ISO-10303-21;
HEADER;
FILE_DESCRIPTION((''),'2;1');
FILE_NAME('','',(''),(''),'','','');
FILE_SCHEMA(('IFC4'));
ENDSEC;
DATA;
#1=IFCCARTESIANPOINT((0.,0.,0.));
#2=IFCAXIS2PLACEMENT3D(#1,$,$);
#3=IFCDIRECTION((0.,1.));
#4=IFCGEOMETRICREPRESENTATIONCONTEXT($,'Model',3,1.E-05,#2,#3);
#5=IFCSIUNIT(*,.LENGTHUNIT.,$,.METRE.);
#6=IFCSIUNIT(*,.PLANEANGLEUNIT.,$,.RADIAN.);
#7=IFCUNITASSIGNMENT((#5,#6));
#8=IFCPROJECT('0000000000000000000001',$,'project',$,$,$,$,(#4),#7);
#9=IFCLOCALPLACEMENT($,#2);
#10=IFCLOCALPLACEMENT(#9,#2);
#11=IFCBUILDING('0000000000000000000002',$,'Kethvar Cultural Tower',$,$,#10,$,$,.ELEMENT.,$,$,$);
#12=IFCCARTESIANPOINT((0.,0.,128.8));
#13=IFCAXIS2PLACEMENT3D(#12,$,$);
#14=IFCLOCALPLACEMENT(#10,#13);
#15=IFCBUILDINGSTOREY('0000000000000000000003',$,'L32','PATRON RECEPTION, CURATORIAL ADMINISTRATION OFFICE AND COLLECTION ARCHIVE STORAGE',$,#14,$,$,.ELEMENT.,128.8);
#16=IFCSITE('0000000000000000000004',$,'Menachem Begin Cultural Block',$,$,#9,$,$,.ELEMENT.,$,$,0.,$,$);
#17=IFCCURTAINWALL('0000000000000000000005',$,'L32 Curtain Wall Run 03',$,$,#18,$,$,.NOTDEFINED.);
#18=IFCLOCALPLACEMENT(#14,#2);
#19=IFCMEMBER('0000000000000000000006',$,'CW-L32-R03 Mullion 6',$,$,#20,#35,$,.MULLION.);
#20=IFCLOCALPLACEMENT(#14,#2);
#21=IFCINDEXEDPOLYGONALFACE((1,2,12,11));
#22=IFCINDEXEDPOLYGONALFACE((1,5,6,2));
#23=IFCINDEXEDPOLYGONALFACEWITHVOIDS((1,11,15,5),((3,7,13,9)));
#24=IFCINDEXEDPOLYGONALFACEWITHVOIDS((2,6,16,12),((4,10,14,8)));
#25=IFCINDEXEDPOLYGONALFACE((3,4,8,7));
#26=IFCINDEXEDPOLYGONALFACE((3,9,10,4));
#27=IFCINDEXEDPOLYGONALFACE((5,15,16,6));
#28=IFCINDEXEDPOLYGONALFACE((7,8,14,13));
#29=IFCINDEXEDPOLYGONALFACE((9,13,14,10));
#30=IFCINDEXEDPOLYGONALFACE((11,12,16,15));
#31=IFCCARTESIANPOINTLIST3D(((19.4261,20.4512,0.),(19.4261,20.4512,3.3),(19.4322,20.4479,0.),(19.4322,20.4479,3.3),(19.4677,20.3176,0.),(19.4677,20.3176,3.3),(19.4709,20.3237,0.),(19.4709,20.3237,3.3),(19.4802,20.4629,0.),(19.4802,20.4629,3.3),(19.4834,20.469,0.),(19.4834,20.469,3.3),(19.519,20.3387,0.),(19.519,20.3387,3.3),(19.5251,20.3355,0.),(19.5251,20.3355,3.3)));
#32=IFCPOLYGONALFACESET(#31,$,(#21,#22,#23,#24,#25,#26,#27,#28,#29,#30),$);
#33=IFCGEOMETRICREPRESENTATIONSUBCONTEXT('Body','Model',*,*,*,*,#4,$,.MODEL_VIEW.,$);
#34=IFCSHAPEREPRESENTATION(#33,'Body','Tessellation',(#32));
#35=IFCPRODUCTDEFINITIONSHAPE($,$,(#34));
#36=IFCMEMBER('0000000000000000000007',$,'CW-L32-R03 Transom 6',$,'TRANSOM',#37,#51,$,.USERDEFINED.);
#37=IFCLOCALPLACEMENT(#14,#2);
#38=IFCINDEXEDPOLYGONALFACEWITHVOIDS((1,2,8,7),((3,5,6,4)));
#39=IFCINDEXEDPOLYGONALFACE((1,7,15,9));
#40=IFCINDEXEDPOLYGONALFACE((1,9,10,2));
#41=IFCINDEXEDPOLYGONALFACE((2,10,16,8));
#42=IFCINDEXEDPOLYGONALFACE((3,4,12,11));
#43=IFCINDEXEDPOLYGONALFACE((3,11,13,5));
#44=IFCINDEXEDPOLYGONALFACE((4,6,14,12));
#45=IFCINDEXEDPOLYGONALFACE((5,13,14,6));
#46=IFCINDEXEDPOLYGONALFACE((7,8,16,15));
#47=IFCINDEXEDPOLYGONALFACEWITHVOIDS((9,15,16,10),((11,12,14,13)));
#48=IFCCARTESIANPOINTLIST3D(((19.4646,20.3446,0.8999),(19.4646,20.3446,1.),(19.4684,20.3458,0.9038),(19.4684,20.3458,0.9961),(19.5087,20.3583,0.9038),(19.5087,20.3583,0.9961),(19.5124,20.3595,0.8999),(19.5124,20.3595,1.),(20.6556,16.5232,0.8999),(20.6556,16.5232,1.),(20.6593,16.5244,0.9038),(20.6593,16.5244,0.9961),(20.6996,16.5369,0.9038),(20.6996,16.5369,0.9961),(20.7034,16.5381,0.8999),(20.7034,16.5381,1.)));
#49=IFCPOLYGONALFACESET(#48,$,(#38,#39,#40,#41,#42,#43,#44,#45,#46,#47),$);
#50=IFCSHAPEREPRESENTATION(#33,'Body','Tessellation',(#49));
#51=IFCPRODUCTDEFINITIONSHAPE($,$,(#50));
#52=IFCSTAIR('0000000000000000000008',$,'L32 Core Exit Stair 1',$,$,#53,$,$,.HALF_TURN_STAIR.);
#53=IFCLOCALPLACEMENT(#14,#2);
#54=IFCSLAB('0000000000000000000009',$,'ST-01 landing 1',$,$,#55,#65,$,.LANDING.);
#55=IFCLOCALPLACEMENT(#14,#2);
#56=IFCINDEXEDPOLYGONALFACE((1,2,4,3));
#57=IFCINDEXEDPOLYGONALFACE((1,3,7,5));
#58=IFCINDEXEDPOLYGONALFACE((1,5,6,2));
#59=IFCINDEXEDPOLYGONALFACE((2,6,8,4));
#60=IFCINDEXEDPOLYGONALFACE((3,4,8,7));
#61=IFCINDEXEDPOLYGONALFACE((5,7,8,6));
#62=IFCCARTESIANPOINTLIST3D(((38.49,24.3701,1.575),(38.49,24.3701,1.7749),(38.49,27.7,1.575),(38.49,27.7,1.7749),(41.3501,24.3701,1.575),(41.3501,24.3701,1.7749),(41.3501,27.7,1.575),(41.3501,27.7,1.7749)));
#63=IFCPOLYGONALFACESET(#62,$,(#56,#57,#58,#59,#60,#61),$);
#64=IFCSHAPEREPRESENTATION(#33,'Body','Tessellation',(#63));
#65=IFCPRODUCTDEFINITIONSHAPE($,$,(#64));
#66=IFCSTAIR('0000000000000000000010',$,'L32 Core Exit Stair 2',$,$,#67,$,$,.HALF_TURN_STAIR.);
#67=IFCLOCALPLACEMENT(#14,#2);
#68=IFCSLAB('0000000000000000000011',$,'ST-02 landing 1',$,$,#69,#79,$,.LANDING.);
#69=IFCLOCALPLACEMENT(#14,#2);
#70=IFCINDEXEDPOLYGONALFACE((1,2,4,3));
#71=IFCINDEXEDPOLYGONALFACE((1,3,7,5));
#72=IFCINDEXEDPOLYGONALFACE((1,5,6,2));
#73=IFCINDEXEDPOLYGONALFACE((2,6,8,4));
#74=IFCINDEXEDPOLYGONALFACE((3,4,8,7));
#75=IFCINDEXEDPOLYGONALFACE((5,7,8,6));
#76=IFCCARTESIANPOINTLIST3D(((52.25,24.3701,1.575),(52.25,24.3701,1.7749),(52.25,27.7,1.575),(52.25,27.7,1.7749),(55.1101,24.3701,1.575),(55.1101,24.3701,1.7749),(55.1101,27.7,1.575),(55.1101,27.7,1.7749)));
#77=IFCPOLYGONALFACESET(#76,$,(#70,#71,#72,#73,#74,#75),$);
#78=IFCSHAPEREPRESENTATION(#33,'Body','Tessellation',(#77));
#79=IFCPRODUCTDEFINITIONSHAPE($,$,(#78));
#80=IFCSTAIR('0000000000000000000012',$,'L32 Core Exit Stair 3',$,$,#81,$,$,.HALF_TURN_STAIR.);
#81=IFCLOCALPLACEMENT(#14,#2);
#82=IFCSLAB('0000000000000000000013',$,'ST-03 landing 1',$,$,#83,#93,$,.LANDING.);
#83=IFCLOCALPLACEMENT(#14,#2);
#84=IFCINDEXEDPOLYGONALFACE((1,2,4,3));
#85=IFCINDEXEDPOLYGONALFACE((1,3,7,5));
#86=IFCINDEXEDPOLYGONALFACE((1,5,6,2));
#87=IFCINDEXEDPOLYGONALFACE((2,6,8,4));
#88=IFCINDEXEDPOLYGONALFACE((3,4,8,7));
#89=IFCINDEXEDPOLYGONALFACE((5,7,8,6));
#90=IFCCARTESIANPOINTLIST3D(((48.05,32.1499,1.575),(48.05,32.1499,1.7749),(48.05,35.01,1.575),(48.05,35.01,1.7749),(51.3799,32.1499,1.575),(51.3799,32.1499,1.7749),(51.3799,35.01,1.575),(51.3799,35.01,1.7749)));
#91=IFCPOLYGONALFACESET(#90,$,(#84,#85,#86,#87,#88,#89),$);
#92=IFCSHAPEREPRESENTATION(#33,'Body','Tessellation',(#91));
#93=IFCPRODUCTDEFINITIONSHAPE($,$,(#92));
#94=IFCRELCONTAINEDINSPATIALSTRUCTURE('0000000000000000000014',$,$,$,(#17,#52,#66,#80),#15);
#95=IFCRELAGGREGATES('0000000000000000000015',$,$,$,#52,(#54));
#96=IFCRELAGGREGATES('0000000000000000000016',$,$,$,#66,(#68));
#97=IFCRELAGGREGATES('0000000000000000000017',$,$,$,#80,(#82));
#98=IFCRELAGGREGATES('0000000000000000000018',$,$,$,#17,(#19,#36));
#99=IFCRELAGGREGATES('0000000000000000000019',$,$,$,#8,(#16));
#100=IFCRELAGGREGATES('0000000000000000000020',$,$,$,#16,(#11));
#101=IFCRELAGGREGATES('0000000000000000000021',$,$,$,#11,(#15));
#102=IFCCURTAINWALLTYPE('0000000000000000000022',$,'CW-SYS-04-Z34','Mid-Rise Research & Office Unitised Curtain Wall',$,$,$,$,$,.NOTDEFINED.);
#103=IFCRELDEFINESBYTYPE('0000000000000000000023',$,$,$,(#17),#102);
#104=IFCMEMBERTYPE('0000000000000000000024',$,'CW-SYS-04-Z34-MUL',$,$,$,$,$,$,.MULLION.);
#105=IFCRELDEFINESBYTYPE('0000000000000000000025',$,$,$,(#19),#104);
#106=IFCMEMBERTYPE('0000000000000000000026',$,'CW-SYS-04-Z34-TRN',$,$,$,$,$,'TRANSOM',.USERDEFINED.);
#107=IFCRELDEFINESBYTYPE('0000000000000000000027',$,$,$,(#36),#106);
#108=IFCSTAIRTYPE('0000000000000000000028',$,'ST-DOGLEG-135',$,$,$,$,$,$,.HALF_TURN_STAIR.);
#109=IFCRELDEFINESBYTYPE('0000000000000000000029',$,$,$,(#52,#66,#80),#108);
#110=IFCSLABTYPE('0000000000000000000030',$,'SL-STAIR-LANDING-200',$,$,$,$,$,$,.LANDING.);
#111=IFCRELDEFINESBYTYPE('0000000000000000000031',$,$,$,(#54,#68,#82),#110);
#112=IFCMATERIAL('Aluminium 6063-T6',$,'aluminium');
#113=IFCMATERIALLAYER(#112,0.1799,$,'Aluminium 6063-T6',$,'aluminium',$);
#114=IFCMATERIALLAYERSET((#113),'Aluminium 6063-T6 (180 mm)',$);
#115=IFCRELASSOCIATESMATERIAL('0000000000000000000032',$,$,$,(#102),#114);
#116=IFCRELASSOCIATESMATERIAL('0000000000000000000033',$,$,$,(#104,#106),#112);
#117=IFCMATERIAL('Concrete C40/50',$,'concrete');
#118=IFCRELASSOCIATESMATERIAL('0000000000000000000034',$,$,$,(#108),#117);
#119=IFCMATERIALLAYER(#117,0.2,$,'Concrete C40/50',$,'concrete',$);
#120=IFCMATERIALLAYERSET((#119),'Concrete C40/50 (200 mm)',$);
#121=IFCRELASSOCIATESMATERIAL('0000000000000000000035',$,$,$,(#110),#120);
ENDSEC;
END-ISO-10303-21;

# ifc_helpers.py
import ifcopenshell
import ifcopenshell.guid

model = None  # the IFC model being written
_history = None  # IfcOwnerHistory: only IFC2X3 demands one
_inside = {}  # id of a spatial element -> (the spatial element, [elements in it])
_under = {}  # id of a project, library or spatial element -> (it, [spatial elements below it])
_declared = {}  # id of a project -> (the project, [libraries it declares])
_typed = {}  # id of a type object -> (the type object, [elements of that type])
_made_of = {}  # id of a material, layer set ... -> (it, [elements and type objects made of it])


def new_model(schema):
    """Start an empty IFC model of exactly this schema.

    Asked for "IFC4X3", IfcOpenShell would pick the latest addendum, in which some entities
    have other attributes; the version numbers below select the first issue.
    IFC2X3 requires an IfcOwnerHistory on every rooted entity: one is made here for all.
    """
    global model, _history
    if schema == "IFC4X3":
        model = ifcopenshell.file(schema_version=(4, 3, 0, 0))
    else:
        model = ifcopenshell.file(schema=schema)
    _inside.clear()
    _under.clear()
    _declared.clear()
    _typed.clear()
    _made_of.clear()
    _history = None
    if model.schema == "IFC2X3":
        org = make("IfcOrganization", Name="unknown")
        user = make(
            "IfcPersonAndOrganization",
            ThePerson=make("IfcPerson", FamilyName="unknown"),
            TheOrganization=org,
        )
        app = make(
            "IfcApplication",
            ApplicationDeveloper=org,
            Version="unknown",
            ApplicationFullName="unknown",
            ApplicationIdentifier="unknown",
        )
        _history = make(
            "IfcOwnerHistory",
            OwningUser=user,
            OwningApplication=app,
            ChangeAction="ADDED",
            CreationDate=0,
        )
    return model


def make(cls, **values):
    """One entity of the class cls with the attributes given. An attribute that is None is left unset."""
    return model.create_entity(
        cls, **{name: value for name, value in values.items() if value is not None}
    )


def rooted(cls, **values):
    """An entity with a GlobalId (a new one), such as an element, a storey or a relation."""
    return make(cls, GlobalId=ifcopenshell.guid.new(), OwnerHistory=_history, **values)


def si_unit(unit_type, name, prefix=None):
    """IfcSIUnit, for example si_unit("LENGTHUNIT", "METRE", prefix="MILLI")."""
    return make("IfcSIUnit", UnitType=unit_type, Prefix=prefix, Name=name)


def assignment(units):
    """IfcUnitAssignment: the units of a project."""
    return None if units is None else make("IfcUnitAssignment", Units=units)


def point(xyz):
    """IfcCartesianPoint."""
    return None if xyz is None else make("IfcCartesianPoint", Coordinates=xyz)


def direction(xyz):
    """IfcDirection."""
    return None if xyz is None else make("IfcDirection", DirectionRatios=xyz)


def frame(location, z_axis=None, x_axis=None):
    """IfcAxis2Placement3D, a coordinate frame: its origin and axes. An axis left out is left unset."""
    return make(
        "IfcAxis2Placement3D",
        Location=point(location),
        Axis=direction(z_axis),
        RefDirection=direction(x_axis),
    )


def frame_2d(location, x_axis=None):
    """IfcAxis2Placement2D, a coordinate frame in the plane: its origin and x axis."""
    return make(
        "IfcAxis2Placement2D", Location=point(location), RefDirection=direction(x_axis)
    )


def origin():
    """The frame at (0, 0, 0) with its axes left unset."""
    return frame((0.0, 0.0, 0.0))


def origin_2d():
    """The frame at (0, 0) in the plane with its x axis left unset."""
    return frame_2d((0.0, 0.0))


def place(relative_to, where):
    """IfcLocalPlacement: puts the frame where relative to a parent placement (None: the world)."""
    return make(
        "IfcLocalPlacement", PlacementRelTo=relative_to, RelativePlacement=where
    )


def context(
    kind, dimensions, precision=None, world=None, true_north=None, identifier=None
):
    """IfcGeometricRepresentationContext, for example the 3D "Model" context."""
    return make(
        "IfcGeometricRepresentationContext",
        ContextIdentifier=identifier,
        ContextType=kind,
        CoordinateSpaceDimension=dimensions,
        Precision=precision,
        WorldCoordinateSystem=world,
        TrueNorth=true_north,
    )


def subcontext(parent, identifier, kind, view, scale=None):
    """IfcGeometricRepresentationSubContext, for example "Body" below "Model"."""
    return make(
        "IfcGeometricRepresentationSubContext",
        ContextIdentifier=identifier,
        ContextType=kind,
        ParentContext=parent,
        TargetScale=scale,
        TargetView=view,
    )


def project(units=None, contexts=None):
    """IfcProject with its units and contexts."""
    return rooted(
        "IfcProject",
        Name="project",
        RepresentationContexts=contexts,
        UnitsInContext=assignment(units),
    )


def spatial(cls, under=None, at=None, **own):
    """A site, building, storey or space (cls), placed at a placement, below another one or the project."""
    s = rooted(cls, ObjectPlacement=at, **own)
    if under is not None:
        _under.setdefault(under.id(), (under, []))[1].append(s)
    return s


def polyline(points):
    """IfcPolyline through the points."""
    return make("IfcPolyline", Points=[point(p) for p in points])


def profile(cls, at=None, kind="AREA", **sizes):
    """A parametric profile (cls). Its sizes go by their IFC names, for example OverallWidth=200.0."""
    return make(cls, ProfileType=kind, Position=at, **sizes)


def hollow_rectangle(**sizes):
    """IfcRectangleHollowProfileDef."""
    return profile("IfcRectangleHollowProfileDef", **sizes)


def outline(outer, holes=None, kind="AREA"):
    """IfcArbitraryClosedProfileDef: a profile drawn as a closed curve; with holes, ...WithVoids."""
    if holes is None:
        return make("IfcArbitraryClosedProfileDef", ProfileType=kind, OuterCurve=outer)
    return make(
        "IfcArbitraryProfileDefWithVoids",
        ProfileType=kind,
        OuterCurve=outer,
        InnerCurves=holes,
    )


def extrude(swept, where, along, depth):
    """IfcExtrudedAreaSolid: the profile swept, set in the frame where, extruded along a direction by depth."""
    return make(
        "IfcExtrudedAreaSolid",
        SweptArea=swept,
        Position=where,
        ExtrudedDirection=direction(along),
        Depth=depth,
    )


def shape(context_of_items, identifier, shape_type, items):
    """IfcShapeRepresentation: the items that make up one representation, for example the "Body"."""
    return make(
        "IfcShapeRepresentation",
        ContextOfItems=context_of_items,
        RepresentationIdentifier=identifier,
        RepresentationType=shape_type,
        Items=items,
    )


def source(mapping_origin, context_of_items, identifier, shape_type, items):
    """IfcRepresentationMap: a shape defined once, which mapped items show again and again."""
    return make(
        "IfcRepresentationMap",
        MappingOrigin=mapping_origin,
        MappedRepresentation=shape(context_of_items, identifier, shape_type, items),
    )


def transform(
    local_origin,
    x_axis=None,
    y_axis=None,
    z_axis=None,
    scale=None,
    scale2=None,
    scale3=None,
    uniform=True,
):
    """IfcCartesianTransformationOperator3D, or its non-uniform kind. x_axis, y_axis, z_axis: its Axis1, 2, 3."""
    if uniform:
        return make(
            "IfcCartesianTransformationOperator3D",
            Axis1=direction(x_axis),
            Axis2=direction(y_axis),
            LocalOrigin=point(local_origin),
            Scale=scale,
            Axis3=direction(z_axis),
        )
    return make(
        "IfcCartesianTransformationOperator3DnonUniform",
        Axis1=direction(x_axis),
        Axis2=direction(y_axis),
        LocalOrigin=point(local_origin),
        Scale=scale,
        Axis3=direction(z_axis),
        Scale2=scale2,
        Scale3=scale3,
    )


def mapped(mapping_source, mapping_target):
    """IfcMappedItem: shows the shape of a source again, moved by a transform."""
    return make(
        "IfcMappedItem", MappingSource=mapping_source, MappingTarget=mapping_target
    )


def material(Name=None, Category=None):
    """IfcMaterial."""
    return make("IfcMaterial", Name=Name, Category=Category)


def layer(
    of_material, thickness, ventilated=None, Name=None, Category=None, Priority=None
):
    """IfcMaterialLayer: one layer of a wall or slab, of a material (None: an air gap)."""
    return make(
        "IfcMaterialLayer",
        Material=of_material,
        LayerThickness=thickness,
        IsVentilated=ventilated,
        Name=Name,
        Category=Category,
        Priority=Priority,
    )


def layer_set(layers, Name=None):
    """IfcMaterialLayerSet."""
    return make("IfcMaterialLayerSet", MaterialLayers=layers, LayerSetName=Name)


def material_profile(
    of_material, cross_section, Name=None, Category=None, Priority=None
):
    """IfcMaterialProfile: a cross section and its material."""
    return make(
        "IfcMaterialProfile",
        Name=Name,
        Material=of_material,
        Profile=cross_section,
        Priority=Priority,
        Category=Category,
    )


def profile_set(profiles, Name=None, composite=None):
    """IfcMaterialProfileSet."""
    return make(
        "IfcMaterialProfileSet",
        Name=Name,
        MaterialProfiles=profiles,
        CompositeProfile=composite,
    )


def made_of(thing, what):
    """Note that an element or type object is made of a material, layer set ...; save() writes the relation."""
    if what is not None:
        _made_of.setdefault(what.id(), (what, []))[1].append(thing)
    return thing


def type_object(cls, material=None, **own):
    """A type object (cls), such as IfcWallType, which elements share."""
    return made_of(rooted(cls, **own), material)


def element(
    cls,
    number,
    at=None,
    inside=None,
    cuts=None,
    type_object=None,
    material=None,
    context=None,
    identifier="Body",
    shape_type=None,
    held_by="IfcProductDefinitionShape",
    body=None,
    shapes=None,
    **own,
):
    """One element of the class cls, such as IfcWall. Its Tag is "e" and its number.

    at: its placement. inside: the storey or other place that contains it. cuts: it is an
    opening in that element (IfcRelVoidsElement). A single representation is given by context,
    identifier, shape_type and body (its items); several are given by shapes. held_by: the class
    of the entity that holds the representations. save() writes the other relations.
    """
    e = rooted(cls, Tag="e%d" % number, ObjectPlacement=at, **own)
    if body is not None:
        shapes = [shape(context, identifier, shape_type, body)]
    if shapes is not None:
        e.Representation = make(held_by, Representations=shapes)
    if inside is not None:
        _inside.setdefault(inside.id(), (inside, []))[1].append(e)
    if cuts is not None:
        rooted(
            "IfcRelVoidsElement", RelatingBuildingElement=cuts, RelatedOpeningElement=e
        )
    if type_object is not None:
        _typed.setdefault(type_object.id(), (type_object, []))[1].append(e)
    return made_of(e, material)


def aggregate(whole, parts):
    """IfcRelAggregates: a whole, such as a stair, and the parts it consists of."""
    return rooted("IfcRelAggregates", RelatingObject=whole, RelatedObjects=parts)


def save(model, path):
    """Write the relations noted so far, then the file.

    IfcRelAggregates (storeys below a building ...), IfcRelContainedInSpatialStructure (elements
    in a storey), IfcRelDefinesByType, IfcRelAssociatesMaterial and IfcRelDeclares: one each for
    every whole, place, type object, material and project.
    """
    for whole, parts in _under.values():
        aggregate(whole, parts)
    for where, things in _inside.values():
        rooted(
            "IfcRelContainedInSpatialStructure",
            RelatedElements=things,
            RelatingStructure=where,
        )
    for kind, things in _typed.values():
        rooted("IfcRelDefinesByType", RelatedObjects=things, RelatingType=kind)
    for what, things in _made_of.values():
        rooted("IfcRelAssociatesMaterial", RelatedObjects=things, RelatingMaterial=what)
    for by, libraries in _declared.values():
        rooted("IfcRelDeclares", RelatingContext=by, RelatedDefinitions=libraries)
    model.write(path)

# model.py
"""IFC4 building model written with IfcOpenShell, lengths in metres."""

from ifc_helpers import new_model, si_unit, direction, frame, origin, origin_2d, place, context, subcontext, project, spatial, polyline, hollow_rectangle, outline, extrude, source, transform, mapped, material, layer, layer_set, material_profile, profile_set, type_object, element, aggregate, save


model = new_model("IFC4")

# Units and contexts
model_context = context("Model", 3, precision=1e-05, world=origin(), true_north=direction((0.0, 1.0)))
body_context = subcontext(model_context, "Body", "Model", "MODEL_VIEW")
ifc_project = project(units=[si_unit("LENGTHUNIT", "METRE"), si_unit("PLANEANGLEUNIT", "RADIAN")], contexts=[model_context])

# Site, building, storey
site_placement = place(None, origin())
site = spatial("IfcSite", under=ifc_project, at=site_placement, Name="Menachem Begin Cultural Block", CompositionType="ELEMENT", RefElevation=0.0)
building_placement = place(site_placement, origin())
building = spatial("IfcBuilding", under=site, at=building_placement, Name="Kethvar Cultural Tower", CompositionType="ELEMENT")
storey_placement = place(building_placement, frame((0.0, 0.0, 128.8)))
storey = spatial("IfcBuildingStorey", under=building, at=storey_placement, Name="L32", Description="PATRON RECEPTION, CURATORIAL ADMINISTRATION OFFICE AND COLLECTION ARCHIVE STORAGE", CompositionType="ELEMENT", Elevation=128.8)

# Curtain wall, members
ifc_material_1 = material(Name="Aluminium 6063-T6", Category="aluminium")
ifc_layer_1 = layer(ifc_material_1, 0.1799, Name="Aluminium 6063-T6", Category="aluminium")
ifc_layer_set_1 = layer_set([ifc_layer_1], Name="Aluminium 6063-T6 (180 mm)")
curtain_wall_type = type_object("IfcCurtainWallType", Name="CW-SYS-04-Z34", Description="Mid-Rise Research & Office Unitised Curtain Wall", PredefinedType="NOTDEFINED", material=ifc_layer_set_1)
curtain_wall_placement = place(storey_placement, origin())
curtain_wall = element("IfcCurtainWall", 1, at=curtain_wall_placement, inside=storey, type_object=curtain_wall_type, Name="L32 Curtain Wall Run 03", PredefinedType="NOTDEFINED")
ifc_material_profile_1 = material_profile(ifc_material_1, hollow_rectangle(XDim=0.0601, YDim=0.1399, WallThickness=0.0049, at=origin_2d()), Name="Aluminium 6063-T6 — RHS140x60x5")
ifc_profile_set_1 = profile_set([ifc_material_profile_1], Name="Aluminium 6063-T6 — RHS140x60x5")
member_type_1 = type_object("IfcMemberType", Name="CW-SYS-04-Z34-MUL", PredefinedType="MULLION", material=ifc_profile_set_1)
shared_shape_1 = source(origin(), body_context, "Body", "SweptSolid", [
    extrude(hollow_rectangle(XDim=0.0601, YDim=0.1399, WallThickness=0.0049, at=origin_2d()), origin(), (0.0, 0.0, 1.0), 3.3),
])
member_1_placement = place(storey_placement, frame((19.4756, 20.3933, 0.0), z_axis=(0.0, 0.0, 1.0), x_axis=(0.954719, 0.297508, 0.0)))
member_1 = element("IfcMember", 2, at=member_1_placement, type_object=member_type_1, Name="CW-L32-R03 Mullion 6", PredefinedType="MULLION", context=body_context, shape_type="MappedRepresentation", body=[
    mapped(shared_shape_1, transform((0.0, 0.0, 0.0), scale=1.0)),
])
ifc_material_profile_2 = material_profile(ifc_material_1, hollow_rectangle(XDim=0.05, YDim=0.1001, WallThickness=0.0039, at=origin_2d()), Name="Aluminium 6063-T6 — RHS100x50x4")
ifc_profile_set_2 = profile_set([ifc_material_profile_2], Name="Aluminium 6063-T6 — RHS100x50x4")
member_type_2 = type_object("IfcMemberType", Name="CW-SYS-04-Z34-TRN", ElementType="TRANSOM", PredefinedType="USERDEFINED", material=ifc_profile_set_2)
shared_shape_2 = source(origin(), body_context, "Body", "SweptSolid", [
    extrude(hollow_rectangle(XDim=0.05, YDim=0.1001, WallThickness=0.0039, at=origin_2d()), origin(), (0.0, 0.0, 1.0), 4.0027),
])
member_2_placement = place(storey_placement, frame((19.4885, 20.3521, 0.95), z_axis=(0.297539, -0.95471, 0.0), x_axis=(0.95471, 0.297539, 0.0)))
member_2 = element("IfcMember", 3, at=member_2_placement, type_object=member_type_2, Name="CW-L32-R03 Transom 6", ObjectType="TRANSOM", PredefinedType="USERDEFINED", context=body_context, shape_type="MappedRepresentation", body=[
    mapped(shared_shape_2, transform((0.0, 0.0, 0.0), scale=1.0)),
])

# Stairs, slabs
ifc_material_2 = material(Name="Concrete C40/50", Category="concrete")
stair_type = type_object("IfcStairType", Name="ST-DOGLEG-135", PredefinedType="HALF_TURN_STAIR", material=ifc_material_2)
stair_1_placement = place(storey_placement, origin())
stair_1 = element("IfcStair", 4, at=stair_1_placement, inside=storey, type_object=stair_type, Name="L32 Core Exit Stair 1", PredefinedType="HALF_TURN_STAIR")
ifc_layer_2 = layer(ifc_material_2, 0.2, Name="Concrete C40/50", Category="concrete")
ifc_layer_set_2 = layer_set([ifc_layer_2], Name="Concrete C40/50 (200 mm)")
slab_type_1 = type_object("IfcSlabType", Name="SL-STAIR-LANDING-200", PredefinedType="LANDING", material=ifc_layer_set_2)
slab_1_placement = place(storey_placement, frame((0.0, 0.0, 1.575)))
slab_1 = element("IfcSlab", 5, at=slab_1_placement, type_object=slab_type_1, Name="ST-01 landing 1", PredefinedType="LANDING", context=body_context, shape_type="SweptSolid", body=[
    extrude(outline(polyline([(41.3501, 24.3701), (41.3501, 27.7), (38.49, 27.7), (38.49, 24.3701), (41.3501, 24.3701)])), origin(), (0.0, 0.0, 1.0), 0.2),
])
aggregate(stair_1, [slab_1])
stair_2_placement = place(storey_placement, origin())
stair_2 = element("IfcStair", 6, at=stair_2_placement, inside=storey, type_object=stair_type, Name="L32 Core Exit Stair 2", PredefinedType="HALF_TURN_STAIR")
slab_2_placement = place(storey_placement, frame((0.0, 0.0, 1.575)))
slab_2 = element("IfcSlab", 7, at=slab_2_placement, type_object=slab_type_1, Name="ST-02 landing 1", PredefinedType="LANDING", context=body_context, shape_type="SweptSolid", body=[
    extrude(outline(polyline([(55.1101, 24.3701), (55.1101, 27.7), (52.25, 27.7), (52.25, 24.3701), (55.1101, 24.3701)])), origin(), (0.0, 0.0, 1.0), 0.2),
])
aggregate(stair_2, [slab_2])
stair_3_placement = place(storey_placement, origin())
stair_3 = element("IfcStair", 8, at=stair_3_placement, inside=storey, type_object=stair_type, Name="L32 Core Exit Stair 3", PredefinedType="HALF_TURN_STAIR")
slab_3_placement = place(storey_placement, frame((0.0, 0.0, 1.575)))
slab_3 = element("IfcSlab", 9, at=slab_3_placement, type_object=slab_type_1, Name="ST-03 landing 1", PredefinedType="LANDING", context=body_context, shape_type="SweptSolid", body=[
    extrude(outline(polyline([(51.3799, 35.01), (48.05, 35.01), (48.05, 32.1499), (51.3799, 32.1499), (51.3799, 35.01)])), origin(), (0.0, 0.0, 1.0), 0.2),
])
aggregate(stair_3, [slab_3])

aggregate(curtain_wall, [member_1, member_2])

save(model, "model.ifc")
